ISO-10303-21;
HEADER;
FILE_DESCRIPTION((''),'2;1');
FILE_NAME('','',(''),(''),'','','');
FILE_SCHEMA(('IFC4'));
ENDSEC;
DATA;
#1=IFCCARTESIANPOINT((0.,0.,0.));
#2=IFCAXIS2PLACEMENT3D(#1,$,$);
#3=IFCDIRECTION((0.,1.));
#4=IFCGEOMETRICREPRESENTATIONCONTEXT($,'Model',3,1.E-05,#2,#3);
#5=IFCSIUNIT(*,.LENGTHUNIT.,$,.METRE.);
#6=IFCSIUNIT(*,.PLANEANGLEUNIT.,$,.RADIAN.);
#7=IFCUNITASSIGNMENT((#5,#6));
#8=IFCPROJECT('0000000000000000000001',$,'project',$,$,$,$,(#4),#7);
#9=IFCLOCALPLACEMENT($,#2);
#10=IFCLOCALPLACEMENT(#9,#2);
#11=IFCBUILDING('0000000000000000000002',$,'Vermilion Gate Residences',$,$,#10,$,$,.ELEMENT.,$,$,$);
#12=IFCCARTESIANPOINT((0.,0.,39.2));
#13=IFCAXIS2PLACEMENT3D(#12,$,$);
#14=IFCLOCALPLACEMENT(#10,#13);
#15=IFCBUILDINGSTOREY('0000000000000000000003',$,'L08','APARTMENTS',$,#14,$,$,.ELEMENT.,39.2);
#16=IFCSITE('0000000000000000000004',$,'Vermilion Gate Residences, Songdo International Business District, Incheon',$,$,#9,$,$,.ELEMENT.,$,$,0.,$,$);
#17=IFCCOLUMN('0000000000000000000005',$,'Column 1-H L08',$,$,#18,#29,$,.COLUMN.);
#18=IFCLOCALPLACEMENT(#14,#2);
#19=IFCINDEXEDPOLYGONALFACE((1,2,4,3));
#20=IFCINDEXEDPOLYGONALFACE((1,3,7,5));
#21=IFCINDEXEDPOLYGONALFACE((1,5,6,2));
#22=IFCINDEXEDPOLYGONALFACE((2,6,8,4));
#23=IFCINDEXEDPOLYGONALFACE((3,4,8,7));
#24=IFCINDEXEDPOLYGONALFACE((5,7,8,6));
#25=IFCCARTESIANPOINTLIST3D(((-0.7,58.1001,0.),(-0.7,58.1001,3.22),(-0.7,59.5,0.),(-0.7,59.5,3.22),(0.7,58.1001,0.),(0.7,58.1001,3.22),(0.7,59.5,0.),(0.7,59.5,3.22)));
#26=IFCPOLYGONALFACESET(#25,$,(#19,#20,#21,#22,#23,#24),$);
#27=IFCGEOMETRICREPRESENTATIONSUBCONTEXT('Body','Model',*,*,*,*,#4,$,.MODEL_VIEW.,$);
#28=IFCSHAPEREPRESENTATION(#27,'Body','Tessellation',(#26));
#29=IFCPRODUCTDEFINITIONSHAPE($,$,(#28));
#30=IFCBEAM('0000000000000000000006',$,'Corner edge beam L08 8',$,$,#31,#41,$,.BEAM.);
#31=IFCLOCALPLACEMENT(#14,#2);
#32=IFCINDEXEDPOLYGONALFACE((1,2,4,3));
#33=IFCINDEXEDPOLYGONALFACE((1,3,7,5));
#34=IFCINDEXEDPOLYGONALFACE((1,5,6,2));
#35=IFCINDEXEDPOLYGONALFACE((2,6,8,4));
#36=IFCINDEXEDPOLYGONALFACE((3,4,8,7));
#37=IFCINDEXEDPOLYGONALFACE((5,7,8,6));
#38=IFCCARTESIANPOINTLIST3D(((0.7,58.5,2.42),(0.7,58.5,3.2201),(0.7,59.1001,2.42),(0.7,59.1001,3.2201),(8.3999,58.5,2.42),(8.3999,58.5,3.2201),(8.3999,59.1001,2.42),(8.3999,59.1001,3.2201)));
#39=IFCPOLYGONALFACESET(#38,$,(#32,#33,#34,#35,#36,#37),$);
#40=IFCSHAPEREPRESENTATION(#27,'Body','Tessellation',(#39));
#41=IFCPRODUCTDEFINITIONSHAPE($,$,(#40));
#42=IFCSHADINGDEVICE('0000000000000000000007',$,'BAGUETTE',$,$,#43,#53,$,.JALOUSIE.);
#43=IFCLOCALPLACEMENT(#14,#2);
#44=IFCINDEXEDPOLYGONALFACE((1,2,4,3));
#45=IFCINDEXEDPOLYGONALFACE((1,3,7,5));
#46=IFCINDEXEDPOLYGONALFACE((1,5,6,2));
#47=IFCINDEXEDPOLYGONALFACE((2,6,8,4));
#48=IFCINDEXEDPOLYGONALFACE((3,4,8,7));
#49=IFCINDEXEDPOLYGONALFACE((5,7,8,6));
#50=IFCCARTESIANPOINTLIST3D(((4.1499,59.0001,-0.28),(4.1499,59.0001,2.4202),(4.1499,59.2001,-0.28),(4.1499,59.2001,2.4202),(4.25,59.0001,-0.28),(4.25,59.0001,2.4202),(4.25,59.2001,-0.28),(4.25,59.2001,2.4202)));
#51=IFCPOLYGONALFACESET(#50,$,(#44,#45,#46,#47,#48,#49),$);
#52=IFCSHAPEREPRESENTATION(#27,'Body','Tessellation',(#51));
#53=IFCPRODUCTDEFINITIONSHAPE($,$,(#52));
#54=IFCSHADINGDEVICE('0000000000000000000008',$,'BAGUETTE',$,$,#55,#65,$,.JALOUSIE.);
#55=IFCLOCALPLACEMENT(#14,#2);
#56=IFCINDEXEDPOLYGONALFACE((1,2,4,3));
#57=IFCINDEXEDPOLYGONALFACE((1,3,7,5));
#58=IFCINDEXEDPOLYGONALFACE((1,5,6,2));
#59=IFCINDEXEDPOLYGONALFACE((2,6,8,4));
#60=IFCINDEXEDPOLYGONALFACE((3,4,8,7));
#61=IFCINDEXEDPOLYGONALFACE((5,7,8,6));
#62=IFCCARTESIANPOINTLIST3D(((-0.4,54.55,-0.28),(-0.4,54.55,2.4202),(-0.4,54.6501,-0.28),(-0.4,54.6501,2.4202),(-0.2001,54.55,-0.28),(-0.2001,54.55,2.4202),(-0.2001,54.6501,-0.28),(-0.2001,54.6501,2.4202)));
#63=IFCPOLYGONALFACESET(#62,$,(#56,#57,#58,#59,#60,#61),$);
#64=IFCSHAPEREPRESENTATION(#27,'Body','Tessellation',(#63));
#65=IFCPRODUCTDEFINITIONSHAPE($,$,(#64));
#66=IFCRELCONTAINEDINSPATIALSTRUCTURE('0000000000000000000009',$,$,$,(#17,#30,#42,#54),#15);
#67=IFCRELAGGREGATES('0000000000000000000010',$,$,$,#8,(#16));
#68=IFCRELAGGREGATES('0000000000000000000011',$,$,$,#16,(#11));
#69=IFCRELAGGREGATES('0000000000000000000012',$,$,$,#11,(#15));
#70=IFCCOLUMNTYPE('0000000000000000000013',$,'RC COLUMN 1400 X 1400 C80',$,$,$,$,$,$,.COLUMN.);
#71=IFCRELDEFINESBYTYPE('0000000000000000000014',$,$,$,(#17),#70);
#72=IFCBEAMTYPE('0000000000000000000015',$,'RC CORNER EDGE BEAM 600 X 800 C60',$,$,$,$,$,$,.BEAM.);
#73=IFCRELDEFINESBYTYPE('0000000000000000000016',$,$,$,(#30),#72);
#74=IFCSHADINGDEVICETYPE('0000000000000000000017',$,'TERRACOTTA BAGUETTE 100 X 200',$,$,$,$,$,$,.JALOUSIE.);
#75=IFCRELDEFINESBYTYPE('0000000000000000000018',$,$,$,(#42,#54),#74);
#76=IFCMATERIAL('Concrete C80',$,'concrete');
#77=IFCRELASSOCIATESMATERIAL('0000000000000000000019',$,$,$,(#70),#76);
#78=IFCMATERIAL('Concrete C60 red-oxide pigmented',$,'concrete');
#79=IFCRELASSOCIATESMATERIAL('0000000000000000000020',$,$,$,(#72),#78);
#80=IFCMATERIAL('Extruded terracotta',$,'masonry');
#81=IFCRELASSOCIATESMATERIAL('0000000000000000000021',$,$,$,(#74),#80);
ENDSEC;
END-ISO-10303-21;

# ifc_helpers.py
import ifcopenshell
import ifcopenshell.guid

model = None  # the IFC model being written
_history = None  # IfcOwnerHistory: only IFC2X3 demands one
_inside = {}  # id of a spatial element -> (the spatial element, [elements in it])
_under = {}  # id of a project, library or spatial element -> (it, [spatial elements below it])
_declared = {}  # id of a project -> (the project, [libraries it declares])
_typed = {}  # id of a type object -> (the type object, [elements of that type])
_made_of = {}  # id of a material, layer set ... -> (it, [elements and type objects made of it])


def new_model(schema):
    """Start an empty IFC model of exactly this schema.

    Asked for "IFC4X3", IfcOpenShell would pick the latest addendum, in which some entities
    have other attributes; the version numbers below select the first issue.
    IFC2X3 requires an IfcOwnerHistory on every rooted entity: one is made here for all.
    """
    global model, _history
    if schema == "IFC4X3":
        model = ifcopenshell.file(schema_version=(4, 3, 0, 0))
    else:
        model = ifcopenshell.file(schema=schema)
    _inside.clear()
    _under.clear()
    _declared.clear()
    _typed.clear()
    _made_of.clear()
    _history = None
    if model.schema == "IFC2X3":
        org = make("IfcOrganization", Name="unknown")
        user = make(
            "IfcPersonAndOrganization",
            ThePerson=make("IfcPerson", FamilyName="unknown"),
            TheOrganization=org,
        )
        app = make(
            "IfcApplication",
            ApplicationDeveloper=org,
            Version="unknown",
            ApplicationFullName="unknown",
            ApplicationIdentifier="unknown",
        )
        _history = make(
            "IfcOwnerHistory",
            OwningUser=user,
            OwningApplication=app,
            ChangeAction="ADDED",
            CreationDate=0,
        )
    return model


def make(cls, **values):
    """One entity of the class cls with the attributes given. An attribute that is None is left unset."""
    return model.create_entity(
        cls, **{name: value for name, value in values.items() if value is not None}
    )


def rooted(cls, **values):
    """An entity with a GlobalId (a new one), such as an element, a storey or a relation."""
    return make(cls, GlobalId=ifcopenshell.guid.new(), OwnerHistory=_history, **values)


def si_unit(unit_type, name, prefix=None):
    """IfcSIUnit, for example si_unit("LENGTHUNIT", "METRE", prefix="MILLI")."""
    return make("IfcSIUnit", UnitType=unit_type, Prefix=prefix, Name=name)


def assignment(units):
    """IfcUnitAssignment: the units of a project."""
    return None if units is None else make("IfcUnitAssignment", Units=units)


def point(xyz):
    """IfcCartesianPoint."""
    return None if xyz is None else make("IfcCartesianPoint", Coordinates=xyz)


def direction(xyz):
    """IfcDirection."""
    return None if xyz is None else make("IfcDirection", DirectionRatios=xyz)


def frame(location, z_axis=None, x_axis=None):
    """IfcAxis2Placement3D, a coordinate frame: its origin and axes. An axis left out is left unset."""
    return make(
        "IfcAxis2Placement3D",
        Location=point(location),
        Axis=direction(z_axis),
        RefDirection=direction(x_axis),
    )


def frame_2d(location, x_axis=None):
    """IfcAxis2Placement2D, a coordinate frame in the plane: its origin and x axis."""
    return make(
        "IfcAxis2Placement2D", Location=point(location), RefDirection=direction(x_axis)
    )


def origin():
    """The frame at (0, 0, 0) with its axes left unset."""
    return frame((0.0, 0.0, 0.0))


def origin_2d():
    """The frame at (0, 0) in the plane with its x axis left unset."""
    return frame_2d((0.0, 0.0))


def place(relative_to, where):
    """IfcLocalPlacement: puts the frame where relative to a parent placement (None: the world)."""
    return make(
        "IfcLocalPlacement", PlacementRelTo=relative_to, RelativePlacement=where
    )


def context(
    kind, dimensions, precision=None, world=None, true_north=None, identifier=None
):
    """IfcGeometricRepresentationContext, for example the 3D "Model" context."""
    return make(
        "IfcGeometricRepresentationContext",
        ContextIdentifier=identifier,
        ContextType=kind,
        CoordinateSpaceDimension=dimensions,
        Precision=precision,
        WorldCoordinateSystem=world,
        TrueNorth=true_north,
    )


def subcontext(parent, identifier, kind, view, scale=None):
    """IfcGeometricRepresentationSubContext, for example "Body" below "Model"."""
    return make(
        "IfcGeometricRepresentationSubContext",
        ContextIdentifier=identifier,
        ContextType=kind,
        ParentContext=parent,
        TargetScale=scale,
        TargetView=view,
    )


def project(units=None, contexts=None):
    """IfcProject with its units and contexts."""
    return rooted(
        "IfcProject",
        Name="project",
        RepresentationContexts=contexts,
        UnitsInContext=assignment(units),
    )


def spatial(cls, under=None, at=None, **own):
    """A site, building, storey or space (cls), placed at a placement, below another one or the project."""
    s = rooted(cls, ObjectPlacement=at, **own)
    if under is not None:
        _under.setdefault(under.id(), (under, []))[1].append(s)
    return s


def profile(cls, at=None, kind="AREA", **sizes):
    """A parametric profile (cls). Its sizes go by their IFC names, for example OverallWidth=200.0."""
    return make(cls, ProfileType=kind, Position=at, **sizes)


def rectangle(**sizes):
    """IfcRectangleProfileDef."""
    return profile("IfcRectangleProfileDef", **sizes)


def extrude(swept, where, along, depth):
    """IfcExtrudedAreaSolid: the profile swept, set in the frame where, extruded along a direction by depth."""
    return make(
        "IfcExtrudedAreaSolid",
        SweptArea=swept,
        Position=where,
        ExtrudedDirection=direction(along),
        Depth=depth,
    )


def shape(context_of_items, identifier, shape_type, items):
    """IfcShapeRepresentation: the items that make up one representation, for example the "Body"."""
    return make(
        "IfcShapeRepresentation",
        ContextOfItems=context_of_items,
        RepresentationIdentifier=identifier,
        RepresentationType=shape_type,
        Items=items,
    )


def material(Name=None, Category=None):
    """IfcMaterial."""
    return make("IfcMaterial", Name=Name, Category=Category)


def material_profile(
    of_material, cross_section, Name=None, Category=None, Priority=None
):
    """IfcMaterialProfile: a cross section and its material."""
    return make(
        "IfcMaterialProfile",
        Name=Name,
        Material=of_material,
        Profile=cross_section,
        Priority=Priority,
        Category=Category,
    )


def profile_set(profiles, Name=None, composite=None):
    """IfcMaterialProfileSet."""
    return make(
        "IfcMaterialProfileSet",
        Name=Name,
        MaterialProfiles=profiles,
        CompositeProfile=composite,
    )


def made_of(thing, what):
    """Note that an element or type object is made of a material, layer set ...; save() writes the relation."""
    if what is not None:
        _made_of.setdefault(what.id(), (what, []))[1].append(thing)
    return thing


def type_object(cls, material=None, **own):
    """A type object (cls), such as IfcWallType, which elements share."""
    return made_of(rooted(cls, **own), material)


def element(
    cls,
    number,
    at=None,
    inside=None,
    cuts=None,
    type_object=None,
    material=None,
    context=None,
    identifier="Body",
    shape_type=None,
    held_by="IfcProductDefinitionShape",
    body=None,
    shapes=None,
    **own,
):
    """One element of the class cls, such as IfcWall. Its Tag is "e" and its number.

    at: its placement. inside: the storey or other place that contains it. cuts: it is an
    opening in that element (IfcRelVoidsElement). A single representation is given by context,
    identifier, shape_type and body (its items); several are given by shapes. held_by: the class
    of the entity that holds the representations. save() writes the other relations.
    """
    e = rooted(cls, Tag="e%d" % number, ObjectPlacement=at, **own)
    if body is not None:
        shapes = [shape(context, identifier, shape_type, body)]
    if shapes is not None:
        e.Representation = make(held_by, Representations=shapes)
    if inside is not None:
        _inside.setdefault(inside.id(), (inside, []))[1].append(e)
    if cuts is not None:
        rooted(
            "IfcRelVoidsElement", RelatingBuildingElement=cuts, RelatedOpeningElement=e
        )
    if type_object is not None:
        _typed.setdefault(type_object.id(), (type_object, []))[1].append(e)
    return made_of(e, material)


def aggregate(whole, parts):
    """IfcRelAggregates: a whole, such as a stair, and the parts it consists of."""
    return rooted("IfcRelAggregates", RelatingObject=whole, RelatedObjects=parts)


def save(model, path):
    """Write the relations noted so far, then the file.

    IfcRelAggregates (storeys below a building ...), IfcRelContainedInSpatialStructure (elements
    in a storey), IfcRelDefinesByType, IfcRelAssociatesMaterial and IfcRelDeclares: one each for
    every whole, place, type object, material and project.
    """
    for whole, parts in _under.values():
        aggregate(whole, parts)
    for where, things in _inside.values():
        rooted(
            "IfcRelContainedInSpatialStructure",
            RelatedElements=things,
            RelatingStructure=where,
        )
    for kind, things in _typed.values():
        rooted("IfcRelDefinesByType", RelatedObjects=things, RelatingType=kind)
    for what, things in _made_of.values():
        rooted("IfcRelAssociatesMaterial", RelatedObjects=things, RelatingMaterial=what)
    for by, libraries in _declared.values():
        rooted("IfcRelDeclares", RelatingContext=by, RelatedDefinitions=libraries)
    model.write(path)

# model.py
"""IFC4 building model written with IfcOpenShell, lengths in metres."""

from ifc_helpers import new_model, si_unit, direction, frame, origin, origin_2d, place, context, subcontext, project, spatial, rectangle, extrude, material, material_profile, profile_set, type_object, element, save


model = new_model("IFC4")

# Units and contexts
model_context = context("Model", 3, precision=1e-05, world=origin(), true_north=direction((0.0, 1.0)))
body_context = subcontext(model_context, "Body", "Model", "MODEL_VIEW")
ifc_project = project(units=[si_unit("LENGTHUNIT", "METRE"), si_unit("PLANEANGLEUNIT", "RADIAN")], contexts=[model_context])

# Site, building, storey
site_placement = place(None, origin())
site = spatial("IfcSite", under=ifc_project, at=site_placement, Name="Vermilion Gate Residences, Songdo International Business District, Incheon", CompositionType="ELEMENT", RefElevation=0.0)
building_placement = place(site_placement, origin())
building = spatial("IfcBuilding", under=site, at=building_placement, Name="Vermilion Gate Residences", CompositionType="ELEMENT")
storey_placement = place(building_placement, frame((0.0, 0.0, 39.2)))
storey = spatial("IfcBuildingStorey", under=building, at=storey_placement, Name="L08", Description="APARTMENTS", CompositionType="ELEMENT", Elevation=39.2)

# Column
ifc_material_1 = material(Name="Concrete C80", Category="concrete")
ifc_material_profile_1 = material_profile(ifc_material_1, rectangle(XDim=1.3999, YDim=1.3999, at=origin_2d()), Name="RC-1400x1400")
ifc_profile_set_1 = profile_set([ifc_material_profile_1], Name="Concrete C80")
column_type = type_object("IfcColumnType", Name="RC COLUMN 1400 X 1400 C80", PredefinedType="COLUMN", material=ifc_profile_set_1)
column_placement = place(storey_placement, frame((0.0, 58.8, 0.0), z_axis=(0.0, 0.0, 1.0), x_axis=(1.0, 0.0, 0.0)))
element("IfcColumn", 1, at=column_placement, inside=storey, type_object=column_type, Name="Column 1-H L08", PredefinedType="COLUMN", context=body_context, shape_type="SweptSolid", body=[
    extrude(rectangle(XDim=1.3999, YDim=1.3999, at=origin_2d()), origin(), (0.0, 0.0, 1.0), 3.22),
])

# Beam
ifc_material_2 = material(Name="Concrete C60 red-oxide pigmented", Category="concrete")
ifc_material_profile_2 = material_profile(ifc_material_2, rectangle(XDim=0.6001, YDim=0.8, at=origin_2d()), Name="RC-600x800")
ifc_profile_set_2 = profile_set([ifc_material_profile_2], Name="Concrete C60 red-oxide pigmented")
beam_type = type_object("IfcBeamType", Name="RC CORNER EDGE BEAM 600 X 800 C60", PredefinedType="BEAM", material=ifc_profile_set_2)
beam_placement = place(storey_placement, frame((0.7, 58.8, 2.8201), z_axis=(1.0, 0.0, 0.0), x_axis=(0.0, 1.0, 0.0)))
element("IfcBeam", 2, at=beam_placement, inside=storey, type_object=beam_type, Name="Corner edge beam L08 8", PredefinedType="BEAM", context=body_context, shape_type="SweptSolid", body=[
    extrude(rectangle(XDim=0.6001, YDim=0.8, at=origin_2d()), origin(), (0.0, 0.0, 1.0), 7.7),
])

# Shading devices
ifc_material_3 = material(Name="Extruded terracotta", Category="masonry")
ifc_material_profile_3 = material_profile(ifc_material_3, rectangle(XDim=0.2, YDim=0.1001, at=origin_2d()), Name="BAGUETTE 100 X 200")
ifc_profile_set_3 = profile_set([ifc_material_profile_3], Name="Extruded terracotta")
shading_device_type = type_object("IfcShadingDeviceType", Name="TERRACOTTA BAGUETTE 100 X 200", PredefinedType="JALOUSIE", material=ifc_profile_set_3)
for number, where, z_axis, x_axis, name in (
    (3, (4.2, 59.1001, -0.28), (0.0, 0.0, 1.0), (0.0, -1.0, 0.0), "BAGUETTE"),
    (4, (-0.3, 54.6001, -0.28), (0.0, 0.0, 1.0), (1.0, 0.0, 0.0), "BAGUETTE"),
):
    element("IfcShadingDevice", number, at=place(storey_placement, frame(where, z_axis=z_axis, x_axis=x_axis)), inside=storey, type_object=shading_device_type, Name=name, PredefinedType="JALOUSIE", context=body_context, shape_type="SweptSolid", body=[
        extrude(rectangle(XDim=0.2, YDim=0.1001, at=origin_2d()), origin(), (0.0, 0.0, 1.0), 2.7002),
    ])

save(model, "model.ifc")
